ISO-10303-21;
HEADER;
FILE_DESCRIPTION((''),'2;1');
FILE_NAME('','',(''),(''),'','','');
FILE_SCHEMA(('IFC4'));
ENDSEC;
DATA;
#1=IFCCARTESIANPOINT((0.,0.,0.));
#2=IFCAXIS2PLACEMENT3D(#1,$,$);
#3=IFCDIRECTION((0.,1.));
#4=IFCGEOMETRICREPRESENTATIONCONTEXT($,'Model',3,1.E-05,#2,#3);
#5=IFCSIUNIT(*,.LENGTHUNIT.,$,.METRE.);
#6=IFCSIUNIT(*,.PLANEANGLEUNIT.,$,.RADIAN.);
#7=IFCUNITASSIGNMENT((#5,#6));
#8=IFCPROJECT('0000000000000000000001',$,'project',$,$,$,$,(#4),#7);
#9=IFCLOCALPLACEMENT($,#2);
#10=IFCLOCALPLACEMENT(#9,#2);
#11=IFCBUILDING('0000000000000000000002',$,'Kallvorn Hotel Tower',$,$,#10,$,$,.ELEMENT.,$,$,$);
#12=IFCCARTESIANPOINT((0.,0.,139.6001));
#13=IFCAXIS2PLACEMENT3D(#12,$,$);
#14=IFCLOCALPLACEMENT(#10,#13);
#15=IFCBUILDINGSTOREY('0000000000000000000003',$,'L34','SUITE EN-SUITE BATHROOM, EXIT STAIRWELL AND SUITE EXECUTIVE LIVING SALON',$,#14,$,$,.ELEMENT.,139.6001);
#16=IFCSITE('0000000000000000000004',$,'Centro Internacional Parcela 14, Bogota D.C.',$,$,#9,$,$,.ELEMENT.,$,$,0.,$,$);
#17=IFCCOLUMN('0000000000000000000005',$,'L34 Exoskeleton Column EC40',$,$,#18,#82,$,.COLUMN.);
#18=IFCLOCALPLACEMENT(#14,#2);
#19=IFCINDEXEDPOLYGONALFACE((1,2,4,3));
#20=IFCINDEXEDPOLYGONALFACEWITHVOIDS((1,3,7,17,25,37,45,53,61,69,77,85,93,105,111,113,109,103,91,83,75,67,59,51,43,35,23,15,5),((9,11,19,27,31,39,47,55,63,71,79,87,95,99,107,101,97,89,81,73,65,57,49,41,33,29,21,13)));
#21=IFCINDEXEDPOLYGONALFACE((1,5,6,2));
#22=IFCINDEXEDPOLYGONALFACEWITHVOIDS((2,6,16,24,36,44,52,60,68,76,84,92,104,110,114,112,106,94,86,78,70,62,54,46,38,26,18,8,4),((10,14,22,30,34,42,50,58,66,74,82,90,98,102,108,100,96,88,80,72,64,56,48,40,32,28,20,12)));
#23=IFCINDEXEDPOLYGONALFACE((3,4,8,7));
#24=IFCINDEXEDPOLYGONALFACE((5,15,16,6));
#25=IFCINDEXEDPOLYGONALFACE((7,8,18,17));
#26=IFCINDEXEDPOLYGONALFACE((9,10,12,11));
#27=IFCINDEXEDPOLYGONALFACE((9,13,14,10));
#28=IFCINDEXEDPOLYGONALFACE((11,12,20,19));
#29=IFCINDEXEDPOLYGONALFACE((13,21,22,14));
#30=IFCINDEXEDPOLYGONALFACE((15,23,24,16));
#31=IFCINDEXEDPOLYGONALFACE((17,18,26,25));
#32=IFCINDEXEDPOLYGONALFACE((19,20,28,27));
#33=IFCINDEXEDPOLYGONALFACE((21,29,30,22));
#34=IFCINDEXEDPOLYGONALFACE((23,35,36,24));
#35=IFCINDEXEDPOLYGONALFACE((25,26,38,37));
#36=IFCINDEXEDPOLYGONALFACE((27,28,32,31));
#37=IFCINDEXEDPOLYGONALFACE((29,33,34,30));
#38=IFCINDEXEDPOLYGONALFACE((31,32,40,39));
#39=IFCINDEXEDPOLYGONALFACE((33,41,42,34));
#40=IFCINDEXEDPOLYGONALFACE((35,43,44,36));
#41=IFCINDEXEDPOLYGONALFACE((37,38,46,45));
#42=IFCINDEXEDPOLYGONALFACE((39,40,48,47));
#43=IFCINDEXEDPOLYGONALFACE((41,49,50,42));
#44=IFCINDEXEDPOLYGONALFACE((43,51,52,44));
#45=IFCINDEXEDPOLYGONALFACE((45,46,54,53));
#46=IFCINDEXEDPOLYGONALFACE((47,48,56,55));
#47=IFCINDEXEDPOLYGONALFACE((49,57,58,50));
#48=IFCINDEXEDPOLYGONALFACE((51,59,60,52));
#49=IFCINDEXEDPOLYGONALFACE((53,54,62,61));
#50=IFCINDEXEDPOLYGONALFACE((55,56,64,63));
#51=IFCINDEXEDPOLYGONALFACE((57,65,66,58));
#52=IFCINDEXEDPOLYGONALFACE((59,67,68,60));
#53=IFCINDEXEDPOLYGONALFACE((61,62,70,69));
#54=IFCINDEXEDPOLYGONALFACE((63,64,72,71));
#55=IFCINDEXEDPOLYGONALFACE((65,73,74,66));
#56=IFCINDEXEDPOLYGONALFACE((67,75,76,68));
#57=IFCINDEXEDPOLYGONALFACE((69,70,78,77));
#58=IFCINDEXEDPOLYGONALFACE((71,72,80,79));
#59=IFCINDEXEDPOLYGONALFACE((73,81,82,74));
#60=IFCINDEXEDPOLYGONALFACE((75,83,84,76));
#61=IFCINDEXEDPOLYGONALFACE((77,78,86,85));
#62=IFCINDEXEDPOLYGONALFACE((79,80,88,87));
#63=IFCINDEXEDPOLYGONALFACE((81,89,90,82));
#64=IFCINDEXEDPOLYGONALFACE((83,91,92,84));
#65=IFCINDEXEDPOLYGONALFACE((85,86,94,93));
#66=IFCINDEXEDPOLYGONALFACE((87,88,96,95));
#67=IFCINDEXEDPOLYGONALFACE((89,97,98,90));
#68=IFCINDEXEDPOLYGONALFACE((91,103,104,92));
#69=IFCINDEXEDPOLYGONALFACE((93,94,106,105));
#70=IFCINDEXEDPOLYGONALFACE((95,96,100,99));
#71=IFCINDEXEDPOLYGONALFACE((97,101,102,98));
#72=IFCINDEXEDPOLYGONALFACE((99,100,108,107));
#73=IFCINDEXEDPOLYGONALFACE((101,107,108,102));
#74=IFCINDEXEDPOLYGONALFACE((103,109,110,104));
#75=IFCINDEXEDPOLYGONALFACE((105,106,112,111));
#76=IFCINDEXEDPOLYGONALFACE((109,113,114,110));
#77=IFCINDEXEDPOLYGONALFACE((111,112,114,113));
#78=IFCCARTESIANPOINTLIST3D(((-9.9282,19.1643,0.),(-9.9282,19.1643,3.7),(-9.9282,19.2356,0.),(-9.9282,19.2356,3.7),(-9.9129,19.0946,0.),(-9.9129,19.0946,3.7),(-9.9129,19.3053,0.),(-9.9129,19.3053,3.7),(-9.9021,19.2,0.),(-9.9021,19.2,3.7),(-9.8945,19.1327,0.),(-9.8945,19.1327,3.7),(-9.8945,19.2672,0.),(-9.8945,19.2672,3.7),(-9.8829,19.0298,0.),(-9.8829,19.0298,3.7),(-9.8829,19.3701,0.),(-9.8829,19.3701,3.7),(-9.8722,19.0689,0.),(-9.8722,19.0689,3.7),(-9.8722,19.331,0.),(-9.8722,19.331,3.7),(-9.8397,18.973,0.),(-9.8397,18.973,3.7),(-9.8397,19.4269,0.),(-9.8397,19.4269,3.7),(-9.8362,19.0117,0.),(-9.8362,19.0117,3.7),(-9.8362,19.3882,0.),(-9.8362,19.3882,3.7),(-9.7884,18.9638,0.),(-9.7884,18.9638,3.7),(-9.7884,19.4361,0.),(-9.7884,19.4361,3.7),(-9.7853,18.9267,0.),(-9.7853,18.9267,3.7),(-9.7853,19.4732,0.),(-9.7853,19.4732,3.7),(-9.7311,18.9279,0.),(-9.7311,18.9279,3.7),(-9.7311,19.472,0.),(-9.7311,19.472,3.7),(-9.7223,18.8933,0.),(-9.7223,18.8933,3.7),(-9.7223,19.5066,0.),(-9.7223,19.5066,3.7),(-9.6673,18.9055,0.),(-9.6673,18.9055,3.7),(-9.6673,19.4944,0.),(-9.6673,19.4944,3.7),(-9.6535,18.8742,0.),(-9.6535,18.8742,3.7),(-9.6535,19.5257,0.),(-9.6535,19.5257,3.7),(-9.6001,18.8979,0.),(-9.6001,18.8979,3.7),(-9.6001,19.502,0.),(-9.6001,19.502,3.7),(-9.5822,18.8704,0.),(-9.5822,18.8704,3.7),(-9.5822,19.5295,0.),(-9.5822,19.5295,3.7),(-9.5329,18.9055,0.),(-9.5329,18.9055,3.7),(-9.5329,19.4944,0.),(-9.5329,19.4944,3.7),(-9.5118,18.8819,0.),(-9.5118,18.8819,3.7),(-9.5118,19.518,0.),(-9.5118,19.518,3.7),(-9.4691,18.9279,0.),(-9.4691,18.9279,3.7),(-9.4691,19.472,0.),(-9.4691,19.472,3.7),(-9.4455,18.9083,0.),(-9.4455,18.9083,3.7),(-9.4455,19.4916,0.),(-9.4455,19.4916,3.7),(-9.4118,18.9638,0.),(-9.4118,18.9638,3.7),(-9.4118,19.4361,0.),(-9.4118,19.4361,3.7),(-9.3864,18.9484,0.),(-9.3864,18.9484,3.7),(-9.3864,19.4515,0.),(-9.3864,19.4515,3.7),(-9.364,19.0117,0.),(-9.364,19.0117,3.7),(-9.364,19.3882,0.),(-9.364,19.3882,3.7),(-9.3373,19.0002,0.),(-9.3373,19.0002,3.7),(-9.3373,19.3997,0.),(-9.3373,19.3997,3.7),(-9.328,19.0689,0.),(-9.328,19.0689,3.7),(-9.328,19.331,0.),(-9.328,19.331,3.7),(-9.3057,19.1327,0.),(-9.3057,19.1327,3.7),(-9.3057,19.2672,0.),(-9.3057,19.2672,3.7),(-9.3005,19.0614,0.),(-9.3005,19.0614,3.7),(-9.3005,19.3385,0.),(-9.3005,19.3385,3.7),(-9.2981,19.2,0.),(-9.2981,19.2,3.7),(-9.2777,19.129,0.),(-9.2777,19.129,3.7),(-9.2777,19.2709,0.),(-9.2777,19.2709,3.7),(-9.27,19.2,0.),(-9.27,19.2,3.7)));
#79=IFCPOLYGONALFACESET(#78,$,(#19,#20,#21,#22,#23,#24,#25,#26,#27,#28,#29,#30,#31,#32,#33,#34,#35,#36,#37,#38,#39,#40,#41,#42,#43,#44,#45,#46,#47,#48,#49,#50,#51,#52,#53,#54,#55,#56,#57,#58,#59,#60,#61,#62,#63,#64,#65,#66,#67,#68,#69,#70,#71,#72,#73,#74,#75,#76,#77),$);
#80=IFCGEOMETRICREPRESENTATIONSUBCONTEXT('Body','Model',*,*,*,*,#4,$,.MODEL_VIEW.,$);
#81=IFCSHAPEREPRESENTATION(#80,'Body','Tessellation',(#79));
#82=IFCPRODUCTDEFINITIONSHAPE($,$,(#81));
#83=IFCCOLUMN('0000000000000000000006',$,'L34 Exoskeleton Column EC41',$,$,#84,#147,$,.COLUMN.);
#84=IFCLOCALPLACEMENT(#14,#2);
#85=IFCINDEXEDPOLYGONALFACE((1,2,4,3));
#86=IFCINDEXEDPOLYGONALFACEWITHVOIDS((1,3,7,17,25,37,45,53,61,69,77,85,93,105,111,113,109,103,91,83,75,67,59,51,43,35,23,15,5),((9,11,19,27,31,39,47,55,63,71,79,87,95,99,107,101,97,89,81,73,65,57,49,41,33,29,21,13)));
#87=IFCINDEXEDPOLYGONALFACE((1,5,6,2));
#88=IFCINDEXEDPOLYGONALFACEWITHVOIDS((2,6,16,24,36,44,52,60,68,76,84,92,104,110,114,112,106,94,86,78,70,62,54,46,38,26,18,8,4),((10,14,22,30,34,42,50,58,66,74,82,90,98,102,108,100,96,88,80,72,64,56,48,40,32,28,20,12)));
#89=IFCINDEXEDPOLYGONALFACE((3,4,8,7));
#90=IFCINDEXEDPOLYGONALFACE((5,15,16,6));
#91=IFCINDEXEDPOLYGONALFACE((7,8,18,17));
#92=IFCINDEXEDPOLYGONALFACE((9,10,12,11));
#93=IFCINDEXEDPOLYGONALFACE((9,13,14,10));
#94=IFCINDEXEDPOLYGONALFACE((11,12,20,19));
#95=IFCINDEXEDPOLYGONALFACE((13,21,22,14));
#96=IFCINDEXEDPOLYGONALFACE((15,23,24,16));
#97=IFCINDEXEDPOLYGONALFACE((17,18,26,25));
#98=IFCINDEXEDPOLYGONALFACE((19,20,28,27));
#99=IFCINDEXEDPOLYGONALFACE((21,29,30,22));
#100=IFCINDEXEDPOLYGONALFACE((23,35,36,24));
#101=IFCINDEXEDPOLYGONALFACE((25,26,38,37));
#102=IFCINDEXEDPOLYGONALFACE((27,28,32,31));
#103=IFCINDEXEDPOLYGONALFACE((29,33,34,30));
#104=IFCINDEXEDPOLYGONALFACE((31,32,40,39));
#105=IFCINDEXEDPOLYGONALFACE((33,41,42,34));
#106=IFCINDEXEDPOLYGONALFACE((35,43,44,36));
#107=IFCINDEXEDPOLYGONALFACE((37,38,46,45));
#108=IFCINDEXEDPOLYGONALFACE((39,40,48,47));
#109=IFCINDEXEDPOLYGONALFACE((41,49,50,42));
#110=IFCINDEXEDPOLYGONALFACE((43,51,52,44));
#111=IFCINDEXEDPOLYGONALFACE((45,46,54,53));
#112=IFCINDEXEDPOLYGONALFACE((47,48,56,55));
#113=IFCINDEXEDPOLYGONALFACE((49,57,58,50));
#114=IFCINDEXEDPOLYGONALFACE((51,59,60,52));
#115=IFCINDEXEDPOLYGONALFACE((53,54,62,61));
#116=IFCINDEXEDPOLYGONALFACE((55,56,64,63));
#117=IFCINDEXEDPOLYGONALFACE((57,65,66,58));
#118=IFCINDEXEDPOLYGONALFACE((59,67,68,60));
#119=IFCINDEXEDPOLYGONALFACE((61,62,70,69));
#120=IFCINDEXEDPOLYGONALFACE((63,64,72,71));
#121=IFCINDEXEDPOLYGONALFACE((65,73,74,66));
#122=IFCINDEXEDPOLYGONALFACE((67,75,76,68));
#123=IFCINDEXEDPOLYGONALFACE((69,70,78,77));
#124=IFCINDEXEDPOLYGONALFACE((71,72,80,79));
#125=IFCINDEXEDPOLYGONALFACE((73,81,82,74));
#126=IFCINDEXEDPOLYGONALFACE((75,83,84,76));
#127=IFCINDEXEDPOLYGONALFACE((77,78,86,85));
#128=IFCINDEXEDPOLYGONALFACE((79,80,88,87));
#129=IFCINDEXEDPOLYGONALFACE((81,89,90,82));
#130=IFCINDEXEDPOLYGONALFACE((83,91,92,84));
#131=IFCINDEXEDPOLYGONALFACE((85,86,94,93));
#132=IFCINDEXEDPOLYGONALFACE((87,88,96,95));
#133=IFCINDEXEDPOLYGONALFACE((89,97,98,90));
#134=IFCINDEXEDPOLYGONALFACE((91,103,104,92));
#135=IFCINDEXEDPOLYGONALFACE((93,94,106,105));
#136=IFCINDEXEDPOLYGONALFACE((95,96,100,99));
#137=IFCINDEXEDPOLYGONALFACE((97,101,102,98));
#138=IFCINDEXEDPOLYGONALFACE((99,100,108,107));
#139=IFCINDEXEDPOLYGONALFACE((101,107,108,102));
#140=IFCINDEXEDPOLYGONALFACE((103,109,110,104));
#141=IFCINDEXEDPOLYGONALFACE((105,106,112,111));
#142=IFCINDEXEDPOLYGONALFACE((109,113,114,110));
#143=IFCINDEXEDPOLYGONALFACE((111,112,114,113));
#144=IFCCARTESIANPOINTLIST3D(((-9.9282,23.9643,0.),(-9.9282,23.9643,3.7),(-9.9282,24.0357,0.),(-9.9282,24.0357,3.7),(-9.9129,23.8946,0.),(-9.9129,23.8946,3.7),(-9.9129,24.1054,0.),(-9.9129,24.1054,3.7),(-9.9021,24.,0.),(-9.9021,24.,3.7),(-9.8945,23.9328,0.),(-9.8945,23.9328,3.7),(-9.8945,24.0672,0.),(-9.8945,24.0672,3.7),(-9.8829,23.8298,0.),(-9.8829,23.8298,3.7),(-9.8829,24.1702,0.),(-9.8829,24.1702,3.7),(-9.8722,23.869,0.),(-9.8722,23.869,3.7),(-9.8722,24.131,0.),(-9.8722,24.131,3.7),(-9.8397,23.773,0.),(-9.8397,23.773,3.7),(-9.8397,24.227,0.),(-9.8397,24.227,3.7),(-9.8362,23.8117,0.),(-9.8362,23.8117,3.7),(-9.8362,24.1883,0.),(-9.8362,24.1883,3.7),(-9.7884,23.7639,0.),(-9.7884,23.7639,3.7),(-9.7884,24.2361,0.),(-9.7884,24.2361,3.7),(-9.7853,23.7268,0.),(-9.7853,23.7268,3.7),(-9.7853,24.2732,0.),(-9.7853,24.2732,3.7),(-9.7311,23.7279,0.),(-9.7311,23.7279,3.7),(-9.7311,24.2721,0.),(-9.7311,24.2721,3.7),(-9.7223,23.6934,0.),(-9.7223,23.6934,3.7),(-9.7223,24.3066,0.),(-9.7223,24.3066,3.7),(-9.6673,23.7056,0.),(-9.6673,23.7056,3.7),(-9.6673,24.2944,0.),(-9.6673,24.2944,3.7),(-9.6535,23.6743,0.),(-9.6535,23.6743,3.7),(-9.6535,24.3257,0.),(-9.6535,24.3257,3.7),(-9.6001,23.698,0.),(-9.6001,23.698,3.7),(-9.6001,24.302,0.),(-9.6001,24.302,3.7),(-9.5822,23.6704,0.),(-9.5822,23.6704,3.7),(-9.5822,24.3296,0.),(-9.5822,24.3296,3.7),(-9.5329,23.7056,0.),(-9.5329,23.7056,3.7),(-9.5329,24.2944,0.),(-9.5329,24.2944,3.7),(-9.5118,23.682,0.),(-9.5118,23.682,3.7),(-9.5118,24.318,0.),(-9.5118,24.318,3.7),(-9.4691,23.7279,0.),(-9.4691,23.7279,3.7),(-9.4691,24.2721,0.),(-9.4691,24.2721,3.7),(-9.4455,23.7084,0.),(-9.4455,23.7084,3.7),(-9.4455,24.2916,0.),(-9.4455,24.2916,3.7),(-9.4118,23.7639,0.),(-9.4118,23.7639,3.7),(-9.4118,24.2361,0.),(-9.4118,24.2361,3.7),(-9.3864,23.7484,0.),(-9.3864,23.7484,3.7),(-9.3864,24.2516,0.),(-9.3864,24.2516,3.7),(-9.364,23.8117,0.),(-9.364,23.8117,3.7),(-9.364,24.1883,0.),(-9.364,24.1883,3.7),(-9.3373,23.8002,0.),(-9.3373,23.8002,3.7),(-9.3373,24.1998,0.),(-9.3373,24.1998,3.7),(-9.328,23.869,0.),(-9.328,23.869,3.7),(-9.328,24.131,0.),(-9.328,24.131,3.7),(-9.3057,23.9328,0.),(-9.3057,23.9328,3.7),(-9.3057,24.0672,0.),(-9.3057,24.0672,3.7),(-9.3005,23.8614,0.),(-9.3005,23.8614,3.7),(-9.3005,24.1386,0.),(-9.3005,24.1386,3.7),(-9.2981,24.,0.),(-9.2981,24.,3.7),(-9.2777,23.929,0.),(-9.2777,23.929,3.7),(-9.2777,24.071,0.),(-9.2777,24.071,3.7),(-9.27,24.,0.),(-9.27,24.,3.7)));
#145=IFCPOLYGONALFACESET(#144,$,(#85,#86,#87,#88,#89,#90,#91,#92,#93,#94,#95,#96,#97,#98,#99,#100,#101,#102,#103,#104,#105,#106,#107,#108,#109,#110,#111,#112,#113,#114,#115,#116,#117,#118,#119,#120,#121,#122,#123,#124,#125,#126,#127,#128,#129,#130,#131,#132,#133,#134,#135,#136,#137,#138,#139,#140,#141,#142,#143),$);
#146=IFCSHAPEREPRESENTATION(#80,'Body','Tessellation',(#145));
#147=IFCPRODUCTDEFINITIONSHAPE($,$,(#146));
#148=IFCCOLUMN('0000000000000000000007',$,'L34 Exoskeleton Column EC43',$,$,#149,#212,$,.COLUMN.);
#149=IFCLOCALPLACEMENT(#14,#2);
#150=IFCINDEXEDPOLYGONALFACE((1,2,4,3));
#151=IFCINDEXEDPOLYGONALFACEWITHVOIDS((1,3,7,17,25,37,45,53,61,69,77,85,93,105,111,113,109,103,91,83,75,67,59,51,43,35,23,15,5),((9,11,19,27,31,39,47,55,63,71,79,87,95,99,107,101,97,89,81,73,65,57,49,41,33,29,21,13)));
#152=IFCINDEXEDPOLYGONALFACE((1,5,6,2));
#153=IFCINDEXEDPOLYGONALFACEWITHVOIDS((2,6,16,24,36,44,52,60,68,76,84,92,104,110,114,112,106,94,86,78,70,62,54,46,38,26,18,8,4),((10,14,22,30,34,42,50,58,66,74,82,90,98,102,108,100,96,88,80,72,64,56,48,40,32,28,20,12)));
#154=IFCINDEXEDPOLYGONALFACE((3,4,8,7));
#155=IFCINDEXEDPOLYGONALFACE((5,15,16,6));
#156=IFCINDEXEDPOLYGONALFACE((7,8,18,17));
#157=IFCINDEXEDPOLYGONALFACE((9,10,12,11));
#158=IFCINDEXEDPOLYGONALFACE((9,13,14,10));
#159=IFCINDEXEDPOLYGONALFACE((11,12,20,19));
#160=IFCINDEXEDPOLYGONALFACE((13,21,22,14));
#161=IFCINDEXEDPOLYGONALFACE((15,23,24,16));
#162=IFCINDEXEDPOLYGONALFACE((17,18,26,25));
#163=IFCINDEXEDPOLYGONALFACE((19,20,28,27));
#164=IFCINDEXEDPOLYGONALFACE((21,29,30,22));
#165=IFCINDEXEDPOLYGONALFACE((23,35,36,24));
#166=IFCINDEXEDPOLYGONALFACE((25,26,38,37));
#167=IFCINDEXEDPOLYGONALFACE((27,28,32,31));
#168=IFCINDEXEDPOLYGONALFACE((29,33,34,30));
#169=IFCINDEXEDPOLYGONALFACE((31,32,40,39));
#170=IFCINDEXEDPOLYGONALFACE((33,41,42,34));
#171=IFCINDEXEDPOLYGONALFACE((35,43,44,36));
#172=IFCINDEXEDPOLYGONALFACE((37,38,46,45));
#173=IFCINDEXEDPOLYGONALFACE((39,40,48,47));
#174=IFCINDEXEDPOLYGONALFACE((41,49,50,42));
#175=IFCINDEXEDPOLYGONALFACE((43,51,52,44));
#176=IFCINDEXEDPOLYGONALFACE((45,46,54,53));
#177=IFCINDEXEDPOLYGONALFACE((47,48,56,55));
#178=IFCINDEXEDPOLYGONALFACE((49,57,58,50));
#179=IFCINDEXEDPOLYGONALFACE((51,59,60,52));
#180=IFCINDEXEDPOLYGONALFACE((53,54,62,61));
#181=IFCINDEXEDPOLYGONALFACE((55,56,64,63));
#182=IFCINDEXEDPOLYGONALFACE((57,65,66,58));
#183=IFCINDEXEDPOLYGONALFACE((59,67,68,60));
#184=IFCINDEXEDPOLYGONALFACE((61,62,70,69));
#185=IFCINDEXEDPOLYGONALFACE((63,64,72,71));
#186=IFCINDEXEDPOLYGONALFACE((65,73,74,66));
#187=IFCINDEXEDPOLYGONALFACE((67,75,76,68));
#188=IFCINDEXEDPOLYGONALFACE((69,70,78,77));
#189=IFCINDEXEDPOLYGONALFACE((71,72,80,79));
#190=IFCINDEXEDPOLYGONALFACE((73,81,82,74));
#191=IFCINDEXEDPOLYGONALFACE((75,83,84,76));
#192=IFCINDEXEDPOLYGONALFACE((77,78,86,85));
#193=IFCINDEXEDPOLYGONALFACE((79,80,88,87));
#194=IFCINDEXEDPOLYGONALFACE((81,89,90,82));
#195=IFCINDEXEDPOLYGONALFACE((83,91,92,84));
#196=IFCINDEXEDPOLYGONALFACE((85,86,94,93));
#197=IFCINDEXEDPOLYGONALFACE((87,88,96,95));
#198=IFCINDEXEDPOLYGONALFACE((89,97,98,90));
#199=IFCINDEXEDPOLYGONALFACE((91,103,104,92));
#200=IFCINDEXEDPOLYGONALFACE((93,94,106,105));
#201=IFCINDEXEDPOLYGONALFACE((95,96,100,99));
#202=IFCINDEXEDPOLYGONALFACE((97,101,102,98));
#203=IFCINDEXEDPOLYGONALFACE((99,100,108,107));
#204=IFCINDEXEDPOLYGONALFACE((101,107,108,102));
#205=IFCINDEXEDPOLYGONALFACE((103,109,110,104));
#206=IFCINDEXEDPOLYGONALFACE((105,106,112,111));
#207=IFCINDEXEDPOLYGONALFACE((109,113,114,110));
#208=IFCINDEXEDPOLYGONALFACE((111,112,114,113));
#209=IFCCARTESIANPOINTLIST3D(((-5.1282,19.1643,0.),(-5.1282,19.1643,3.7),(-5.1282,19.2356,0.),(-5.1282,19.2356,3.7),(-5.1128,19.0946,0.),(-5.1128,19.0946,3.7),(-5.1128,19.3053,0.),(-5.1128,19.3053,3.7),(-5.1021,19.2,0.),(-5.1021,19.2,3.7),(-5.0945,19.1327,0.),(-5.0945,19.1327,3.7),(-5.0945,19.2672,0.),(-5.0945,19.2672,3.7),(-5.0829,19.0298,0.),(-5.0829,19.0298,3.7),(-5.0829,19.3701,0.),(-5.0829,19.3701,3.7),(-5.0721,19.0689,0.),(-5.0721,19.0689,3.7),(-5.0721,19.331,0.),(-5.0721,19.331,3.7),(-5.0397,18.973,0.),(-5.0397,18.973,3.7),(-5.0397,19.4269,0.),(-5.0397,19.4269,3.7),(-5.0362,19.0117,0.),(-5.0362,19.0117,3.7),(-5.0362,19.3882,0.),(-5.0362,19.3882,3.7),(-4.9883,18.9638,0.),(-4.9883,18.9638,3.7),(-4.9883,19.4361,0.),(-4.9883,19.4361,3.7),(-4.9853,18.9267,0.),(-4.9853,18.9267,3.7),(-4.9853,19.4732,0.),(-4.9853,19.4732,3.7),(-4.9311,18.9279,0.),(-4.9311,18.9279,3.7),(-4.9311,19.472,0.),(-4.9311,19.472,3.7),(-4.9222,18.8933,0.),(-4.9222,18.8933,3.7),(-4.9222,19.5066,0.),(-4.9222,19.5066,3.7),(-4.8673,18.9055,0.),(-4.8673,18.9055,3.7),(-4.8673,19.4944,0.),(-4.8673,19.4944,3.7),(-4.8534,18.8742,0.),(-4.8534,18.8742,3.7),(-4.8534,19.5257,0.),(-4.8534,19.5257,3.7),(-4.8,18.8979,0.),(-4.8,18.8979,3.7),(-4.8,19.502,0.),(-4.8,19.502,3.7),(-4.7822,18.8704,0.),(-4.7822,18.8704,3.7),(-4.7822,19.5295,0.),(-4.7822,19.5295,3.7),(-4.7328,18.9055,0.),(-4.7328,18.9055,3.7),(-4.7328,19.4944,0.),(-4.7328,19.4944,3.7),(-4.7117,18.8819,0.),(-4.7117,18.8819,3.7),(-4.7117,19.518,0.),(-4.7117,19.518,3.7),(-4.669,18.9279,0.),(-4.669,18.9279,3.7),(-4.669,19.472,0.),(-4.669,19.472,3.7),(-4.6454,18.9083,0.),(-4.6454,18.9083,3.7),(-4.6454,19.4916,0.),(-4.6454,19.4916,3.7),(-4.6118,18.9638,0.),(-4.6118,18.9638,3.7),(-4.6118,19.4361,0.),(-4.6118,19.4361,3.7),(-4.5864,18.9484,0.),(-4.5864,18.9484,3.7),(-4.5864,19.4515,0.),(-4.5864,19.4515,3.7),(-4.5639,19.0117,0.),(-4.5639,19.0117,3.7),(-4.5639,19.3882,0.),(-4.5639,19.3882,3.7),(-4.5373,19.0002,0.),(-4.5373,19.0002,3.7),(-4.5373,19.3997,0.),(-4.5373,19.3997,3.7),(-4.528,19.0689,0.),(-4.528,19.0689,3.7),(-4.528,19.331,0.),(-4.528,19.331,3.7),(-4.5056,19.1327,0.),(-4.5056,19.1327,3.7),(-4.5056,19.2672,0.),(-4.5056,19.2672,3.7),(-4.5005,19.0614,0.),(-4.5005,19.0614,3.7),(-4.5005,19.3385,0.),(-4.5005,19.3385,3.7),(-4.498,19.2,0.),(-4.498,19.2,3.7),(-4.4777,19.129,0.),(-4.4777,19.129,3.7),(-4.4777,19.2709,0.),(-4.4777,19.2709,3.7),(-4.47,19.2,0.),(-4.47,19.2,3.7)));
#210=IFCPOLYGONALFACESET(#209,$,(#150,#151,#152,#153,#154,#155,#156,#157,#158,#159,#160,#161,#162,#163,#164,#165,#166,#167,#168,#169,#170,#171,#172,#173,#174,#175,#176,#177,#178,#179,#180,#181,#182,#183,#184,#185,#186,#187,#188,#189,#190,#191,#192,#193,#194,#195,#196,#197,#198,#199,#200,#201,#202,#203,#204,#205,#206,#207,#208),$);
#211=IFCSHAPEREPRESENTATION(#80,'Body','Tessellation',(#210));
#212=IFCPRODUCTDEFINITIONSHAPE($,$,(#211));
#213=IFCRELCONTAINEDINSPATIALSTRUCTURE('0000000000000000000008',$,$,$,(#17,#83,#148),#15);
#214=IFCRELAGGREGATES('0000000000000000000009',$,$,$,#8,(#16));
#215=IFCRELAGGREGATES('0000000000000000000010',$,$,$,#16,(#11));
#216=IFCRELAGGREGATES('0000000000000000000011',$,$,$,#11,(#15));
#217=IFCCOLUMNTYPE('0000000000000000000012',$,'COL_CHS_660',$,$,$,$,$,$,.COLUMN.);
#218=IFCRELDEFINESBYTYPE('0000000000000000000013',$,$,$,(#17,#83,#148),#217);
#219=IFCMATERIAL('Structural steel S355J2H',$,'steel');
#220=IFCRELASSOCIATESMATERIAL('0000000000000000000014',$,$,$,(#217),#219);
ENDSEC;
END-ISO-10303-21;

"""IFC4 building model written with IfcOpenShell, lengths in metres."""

from ifc_helpers import new_model, si_unit, direction, frame, origin, origin_2d, place, context, subcontext, project, spatial, hollow_circle, extrude, material, material_profile, profile_set, type_object, element, save


model = new_model("IFC4")

# Units and contexts
model_context = context("Model", 3, precision=1e-05, world=origin(), true_north=direction((0.0, 1.0)))
body_context = subcontext(model_context, "Body", "Model", "MODEL_VIEW")
ifc_project = project(units=[si_unit("LENGTHUNIT", "METRE"), si_unit("PLANEANGLEUNIT", "RADIAN")], contexts=[model_context])

# Site, building, storey
site_placement = place(None, origin())
site = spatial("IfcSite", under=ifc_project, at=site_placement, Name="Centro Internacional Parcela 14, Bogota D.C.", CompositionType="ELEMENT", RefElevation=0.0)
building_placement = place(site_placement, origin())
building = spatial("IfcBuilding", under=site, at=building_placement, Name="Kallvorn Hotel Tower", CompositionType="ELEMENT")
storey_placement = place(building_placement, frame((0.0, 0.0, 139.6001)))
storey = spatial("IfcBuildingStorey", under=building, at=storey_placement, Name="L34", Description="SUITE EN-SUITE BATHROOM, EXIT STAIRWELL AND SUITE EXECUTIVE LIVING SALON", CompositionType="ELEMENT", Elevation=139.6001)

# Columns
ifc_material_1 = material(Name="Structural steel S355J2H", Category="steel")
ifc_material_profile_1 = material_profile(ifc_material_1, hollow_circle(Radius=0.3301, WallThickness=0.0281, at=origin_2d()), Name="CHS 660x28")
ifc_profile_set_1 = profile_set([ifc_material_profile_1], Name="Structural steel S355J2H")
column_type_1 = type_object("IfcColumnType", Name="COL_CHS_660", PredefinedType="COLUMN", material=ifc_profile_set_1)
for number, where, z_axis, x_axis, name in (
    (1, (-9.6001, 19.2, 0.0), (0.0, 0.0, 1.0), (1.0, 0.0, 0.0), "L34 Exoskeleton Column EC40"),
    (2, (-9.6001, 24.0, 0.0), (0.0, 0.0, 1.0), (1.0, 0.0, 0.0), "L34 Exoskeleton Column EC41"),
    (3, (-4.8, 19.2, 0.0), (0.0, 0.0, 1.0), (1.0, 0.0, 0.0), "L34 Exoskeleton Column EC43"),
):
    element("IfcColumn", number, at=place(storey_placement, frame(where, z_axis=z_axis, x_axis=x_axis)), inside=storey, type_object=column_type_1, Name=name, PredefinedType="COLUMN", context=body_context, shape_type="SweptSolid", body=[
        extrude(hollow_circle(Radius=0.3301, WallThickness=0.0281, at=origin_2d()), origin(), (0.0, 0.0, 1.0), 3.7),
    ])

save(model, "model.ifc")
